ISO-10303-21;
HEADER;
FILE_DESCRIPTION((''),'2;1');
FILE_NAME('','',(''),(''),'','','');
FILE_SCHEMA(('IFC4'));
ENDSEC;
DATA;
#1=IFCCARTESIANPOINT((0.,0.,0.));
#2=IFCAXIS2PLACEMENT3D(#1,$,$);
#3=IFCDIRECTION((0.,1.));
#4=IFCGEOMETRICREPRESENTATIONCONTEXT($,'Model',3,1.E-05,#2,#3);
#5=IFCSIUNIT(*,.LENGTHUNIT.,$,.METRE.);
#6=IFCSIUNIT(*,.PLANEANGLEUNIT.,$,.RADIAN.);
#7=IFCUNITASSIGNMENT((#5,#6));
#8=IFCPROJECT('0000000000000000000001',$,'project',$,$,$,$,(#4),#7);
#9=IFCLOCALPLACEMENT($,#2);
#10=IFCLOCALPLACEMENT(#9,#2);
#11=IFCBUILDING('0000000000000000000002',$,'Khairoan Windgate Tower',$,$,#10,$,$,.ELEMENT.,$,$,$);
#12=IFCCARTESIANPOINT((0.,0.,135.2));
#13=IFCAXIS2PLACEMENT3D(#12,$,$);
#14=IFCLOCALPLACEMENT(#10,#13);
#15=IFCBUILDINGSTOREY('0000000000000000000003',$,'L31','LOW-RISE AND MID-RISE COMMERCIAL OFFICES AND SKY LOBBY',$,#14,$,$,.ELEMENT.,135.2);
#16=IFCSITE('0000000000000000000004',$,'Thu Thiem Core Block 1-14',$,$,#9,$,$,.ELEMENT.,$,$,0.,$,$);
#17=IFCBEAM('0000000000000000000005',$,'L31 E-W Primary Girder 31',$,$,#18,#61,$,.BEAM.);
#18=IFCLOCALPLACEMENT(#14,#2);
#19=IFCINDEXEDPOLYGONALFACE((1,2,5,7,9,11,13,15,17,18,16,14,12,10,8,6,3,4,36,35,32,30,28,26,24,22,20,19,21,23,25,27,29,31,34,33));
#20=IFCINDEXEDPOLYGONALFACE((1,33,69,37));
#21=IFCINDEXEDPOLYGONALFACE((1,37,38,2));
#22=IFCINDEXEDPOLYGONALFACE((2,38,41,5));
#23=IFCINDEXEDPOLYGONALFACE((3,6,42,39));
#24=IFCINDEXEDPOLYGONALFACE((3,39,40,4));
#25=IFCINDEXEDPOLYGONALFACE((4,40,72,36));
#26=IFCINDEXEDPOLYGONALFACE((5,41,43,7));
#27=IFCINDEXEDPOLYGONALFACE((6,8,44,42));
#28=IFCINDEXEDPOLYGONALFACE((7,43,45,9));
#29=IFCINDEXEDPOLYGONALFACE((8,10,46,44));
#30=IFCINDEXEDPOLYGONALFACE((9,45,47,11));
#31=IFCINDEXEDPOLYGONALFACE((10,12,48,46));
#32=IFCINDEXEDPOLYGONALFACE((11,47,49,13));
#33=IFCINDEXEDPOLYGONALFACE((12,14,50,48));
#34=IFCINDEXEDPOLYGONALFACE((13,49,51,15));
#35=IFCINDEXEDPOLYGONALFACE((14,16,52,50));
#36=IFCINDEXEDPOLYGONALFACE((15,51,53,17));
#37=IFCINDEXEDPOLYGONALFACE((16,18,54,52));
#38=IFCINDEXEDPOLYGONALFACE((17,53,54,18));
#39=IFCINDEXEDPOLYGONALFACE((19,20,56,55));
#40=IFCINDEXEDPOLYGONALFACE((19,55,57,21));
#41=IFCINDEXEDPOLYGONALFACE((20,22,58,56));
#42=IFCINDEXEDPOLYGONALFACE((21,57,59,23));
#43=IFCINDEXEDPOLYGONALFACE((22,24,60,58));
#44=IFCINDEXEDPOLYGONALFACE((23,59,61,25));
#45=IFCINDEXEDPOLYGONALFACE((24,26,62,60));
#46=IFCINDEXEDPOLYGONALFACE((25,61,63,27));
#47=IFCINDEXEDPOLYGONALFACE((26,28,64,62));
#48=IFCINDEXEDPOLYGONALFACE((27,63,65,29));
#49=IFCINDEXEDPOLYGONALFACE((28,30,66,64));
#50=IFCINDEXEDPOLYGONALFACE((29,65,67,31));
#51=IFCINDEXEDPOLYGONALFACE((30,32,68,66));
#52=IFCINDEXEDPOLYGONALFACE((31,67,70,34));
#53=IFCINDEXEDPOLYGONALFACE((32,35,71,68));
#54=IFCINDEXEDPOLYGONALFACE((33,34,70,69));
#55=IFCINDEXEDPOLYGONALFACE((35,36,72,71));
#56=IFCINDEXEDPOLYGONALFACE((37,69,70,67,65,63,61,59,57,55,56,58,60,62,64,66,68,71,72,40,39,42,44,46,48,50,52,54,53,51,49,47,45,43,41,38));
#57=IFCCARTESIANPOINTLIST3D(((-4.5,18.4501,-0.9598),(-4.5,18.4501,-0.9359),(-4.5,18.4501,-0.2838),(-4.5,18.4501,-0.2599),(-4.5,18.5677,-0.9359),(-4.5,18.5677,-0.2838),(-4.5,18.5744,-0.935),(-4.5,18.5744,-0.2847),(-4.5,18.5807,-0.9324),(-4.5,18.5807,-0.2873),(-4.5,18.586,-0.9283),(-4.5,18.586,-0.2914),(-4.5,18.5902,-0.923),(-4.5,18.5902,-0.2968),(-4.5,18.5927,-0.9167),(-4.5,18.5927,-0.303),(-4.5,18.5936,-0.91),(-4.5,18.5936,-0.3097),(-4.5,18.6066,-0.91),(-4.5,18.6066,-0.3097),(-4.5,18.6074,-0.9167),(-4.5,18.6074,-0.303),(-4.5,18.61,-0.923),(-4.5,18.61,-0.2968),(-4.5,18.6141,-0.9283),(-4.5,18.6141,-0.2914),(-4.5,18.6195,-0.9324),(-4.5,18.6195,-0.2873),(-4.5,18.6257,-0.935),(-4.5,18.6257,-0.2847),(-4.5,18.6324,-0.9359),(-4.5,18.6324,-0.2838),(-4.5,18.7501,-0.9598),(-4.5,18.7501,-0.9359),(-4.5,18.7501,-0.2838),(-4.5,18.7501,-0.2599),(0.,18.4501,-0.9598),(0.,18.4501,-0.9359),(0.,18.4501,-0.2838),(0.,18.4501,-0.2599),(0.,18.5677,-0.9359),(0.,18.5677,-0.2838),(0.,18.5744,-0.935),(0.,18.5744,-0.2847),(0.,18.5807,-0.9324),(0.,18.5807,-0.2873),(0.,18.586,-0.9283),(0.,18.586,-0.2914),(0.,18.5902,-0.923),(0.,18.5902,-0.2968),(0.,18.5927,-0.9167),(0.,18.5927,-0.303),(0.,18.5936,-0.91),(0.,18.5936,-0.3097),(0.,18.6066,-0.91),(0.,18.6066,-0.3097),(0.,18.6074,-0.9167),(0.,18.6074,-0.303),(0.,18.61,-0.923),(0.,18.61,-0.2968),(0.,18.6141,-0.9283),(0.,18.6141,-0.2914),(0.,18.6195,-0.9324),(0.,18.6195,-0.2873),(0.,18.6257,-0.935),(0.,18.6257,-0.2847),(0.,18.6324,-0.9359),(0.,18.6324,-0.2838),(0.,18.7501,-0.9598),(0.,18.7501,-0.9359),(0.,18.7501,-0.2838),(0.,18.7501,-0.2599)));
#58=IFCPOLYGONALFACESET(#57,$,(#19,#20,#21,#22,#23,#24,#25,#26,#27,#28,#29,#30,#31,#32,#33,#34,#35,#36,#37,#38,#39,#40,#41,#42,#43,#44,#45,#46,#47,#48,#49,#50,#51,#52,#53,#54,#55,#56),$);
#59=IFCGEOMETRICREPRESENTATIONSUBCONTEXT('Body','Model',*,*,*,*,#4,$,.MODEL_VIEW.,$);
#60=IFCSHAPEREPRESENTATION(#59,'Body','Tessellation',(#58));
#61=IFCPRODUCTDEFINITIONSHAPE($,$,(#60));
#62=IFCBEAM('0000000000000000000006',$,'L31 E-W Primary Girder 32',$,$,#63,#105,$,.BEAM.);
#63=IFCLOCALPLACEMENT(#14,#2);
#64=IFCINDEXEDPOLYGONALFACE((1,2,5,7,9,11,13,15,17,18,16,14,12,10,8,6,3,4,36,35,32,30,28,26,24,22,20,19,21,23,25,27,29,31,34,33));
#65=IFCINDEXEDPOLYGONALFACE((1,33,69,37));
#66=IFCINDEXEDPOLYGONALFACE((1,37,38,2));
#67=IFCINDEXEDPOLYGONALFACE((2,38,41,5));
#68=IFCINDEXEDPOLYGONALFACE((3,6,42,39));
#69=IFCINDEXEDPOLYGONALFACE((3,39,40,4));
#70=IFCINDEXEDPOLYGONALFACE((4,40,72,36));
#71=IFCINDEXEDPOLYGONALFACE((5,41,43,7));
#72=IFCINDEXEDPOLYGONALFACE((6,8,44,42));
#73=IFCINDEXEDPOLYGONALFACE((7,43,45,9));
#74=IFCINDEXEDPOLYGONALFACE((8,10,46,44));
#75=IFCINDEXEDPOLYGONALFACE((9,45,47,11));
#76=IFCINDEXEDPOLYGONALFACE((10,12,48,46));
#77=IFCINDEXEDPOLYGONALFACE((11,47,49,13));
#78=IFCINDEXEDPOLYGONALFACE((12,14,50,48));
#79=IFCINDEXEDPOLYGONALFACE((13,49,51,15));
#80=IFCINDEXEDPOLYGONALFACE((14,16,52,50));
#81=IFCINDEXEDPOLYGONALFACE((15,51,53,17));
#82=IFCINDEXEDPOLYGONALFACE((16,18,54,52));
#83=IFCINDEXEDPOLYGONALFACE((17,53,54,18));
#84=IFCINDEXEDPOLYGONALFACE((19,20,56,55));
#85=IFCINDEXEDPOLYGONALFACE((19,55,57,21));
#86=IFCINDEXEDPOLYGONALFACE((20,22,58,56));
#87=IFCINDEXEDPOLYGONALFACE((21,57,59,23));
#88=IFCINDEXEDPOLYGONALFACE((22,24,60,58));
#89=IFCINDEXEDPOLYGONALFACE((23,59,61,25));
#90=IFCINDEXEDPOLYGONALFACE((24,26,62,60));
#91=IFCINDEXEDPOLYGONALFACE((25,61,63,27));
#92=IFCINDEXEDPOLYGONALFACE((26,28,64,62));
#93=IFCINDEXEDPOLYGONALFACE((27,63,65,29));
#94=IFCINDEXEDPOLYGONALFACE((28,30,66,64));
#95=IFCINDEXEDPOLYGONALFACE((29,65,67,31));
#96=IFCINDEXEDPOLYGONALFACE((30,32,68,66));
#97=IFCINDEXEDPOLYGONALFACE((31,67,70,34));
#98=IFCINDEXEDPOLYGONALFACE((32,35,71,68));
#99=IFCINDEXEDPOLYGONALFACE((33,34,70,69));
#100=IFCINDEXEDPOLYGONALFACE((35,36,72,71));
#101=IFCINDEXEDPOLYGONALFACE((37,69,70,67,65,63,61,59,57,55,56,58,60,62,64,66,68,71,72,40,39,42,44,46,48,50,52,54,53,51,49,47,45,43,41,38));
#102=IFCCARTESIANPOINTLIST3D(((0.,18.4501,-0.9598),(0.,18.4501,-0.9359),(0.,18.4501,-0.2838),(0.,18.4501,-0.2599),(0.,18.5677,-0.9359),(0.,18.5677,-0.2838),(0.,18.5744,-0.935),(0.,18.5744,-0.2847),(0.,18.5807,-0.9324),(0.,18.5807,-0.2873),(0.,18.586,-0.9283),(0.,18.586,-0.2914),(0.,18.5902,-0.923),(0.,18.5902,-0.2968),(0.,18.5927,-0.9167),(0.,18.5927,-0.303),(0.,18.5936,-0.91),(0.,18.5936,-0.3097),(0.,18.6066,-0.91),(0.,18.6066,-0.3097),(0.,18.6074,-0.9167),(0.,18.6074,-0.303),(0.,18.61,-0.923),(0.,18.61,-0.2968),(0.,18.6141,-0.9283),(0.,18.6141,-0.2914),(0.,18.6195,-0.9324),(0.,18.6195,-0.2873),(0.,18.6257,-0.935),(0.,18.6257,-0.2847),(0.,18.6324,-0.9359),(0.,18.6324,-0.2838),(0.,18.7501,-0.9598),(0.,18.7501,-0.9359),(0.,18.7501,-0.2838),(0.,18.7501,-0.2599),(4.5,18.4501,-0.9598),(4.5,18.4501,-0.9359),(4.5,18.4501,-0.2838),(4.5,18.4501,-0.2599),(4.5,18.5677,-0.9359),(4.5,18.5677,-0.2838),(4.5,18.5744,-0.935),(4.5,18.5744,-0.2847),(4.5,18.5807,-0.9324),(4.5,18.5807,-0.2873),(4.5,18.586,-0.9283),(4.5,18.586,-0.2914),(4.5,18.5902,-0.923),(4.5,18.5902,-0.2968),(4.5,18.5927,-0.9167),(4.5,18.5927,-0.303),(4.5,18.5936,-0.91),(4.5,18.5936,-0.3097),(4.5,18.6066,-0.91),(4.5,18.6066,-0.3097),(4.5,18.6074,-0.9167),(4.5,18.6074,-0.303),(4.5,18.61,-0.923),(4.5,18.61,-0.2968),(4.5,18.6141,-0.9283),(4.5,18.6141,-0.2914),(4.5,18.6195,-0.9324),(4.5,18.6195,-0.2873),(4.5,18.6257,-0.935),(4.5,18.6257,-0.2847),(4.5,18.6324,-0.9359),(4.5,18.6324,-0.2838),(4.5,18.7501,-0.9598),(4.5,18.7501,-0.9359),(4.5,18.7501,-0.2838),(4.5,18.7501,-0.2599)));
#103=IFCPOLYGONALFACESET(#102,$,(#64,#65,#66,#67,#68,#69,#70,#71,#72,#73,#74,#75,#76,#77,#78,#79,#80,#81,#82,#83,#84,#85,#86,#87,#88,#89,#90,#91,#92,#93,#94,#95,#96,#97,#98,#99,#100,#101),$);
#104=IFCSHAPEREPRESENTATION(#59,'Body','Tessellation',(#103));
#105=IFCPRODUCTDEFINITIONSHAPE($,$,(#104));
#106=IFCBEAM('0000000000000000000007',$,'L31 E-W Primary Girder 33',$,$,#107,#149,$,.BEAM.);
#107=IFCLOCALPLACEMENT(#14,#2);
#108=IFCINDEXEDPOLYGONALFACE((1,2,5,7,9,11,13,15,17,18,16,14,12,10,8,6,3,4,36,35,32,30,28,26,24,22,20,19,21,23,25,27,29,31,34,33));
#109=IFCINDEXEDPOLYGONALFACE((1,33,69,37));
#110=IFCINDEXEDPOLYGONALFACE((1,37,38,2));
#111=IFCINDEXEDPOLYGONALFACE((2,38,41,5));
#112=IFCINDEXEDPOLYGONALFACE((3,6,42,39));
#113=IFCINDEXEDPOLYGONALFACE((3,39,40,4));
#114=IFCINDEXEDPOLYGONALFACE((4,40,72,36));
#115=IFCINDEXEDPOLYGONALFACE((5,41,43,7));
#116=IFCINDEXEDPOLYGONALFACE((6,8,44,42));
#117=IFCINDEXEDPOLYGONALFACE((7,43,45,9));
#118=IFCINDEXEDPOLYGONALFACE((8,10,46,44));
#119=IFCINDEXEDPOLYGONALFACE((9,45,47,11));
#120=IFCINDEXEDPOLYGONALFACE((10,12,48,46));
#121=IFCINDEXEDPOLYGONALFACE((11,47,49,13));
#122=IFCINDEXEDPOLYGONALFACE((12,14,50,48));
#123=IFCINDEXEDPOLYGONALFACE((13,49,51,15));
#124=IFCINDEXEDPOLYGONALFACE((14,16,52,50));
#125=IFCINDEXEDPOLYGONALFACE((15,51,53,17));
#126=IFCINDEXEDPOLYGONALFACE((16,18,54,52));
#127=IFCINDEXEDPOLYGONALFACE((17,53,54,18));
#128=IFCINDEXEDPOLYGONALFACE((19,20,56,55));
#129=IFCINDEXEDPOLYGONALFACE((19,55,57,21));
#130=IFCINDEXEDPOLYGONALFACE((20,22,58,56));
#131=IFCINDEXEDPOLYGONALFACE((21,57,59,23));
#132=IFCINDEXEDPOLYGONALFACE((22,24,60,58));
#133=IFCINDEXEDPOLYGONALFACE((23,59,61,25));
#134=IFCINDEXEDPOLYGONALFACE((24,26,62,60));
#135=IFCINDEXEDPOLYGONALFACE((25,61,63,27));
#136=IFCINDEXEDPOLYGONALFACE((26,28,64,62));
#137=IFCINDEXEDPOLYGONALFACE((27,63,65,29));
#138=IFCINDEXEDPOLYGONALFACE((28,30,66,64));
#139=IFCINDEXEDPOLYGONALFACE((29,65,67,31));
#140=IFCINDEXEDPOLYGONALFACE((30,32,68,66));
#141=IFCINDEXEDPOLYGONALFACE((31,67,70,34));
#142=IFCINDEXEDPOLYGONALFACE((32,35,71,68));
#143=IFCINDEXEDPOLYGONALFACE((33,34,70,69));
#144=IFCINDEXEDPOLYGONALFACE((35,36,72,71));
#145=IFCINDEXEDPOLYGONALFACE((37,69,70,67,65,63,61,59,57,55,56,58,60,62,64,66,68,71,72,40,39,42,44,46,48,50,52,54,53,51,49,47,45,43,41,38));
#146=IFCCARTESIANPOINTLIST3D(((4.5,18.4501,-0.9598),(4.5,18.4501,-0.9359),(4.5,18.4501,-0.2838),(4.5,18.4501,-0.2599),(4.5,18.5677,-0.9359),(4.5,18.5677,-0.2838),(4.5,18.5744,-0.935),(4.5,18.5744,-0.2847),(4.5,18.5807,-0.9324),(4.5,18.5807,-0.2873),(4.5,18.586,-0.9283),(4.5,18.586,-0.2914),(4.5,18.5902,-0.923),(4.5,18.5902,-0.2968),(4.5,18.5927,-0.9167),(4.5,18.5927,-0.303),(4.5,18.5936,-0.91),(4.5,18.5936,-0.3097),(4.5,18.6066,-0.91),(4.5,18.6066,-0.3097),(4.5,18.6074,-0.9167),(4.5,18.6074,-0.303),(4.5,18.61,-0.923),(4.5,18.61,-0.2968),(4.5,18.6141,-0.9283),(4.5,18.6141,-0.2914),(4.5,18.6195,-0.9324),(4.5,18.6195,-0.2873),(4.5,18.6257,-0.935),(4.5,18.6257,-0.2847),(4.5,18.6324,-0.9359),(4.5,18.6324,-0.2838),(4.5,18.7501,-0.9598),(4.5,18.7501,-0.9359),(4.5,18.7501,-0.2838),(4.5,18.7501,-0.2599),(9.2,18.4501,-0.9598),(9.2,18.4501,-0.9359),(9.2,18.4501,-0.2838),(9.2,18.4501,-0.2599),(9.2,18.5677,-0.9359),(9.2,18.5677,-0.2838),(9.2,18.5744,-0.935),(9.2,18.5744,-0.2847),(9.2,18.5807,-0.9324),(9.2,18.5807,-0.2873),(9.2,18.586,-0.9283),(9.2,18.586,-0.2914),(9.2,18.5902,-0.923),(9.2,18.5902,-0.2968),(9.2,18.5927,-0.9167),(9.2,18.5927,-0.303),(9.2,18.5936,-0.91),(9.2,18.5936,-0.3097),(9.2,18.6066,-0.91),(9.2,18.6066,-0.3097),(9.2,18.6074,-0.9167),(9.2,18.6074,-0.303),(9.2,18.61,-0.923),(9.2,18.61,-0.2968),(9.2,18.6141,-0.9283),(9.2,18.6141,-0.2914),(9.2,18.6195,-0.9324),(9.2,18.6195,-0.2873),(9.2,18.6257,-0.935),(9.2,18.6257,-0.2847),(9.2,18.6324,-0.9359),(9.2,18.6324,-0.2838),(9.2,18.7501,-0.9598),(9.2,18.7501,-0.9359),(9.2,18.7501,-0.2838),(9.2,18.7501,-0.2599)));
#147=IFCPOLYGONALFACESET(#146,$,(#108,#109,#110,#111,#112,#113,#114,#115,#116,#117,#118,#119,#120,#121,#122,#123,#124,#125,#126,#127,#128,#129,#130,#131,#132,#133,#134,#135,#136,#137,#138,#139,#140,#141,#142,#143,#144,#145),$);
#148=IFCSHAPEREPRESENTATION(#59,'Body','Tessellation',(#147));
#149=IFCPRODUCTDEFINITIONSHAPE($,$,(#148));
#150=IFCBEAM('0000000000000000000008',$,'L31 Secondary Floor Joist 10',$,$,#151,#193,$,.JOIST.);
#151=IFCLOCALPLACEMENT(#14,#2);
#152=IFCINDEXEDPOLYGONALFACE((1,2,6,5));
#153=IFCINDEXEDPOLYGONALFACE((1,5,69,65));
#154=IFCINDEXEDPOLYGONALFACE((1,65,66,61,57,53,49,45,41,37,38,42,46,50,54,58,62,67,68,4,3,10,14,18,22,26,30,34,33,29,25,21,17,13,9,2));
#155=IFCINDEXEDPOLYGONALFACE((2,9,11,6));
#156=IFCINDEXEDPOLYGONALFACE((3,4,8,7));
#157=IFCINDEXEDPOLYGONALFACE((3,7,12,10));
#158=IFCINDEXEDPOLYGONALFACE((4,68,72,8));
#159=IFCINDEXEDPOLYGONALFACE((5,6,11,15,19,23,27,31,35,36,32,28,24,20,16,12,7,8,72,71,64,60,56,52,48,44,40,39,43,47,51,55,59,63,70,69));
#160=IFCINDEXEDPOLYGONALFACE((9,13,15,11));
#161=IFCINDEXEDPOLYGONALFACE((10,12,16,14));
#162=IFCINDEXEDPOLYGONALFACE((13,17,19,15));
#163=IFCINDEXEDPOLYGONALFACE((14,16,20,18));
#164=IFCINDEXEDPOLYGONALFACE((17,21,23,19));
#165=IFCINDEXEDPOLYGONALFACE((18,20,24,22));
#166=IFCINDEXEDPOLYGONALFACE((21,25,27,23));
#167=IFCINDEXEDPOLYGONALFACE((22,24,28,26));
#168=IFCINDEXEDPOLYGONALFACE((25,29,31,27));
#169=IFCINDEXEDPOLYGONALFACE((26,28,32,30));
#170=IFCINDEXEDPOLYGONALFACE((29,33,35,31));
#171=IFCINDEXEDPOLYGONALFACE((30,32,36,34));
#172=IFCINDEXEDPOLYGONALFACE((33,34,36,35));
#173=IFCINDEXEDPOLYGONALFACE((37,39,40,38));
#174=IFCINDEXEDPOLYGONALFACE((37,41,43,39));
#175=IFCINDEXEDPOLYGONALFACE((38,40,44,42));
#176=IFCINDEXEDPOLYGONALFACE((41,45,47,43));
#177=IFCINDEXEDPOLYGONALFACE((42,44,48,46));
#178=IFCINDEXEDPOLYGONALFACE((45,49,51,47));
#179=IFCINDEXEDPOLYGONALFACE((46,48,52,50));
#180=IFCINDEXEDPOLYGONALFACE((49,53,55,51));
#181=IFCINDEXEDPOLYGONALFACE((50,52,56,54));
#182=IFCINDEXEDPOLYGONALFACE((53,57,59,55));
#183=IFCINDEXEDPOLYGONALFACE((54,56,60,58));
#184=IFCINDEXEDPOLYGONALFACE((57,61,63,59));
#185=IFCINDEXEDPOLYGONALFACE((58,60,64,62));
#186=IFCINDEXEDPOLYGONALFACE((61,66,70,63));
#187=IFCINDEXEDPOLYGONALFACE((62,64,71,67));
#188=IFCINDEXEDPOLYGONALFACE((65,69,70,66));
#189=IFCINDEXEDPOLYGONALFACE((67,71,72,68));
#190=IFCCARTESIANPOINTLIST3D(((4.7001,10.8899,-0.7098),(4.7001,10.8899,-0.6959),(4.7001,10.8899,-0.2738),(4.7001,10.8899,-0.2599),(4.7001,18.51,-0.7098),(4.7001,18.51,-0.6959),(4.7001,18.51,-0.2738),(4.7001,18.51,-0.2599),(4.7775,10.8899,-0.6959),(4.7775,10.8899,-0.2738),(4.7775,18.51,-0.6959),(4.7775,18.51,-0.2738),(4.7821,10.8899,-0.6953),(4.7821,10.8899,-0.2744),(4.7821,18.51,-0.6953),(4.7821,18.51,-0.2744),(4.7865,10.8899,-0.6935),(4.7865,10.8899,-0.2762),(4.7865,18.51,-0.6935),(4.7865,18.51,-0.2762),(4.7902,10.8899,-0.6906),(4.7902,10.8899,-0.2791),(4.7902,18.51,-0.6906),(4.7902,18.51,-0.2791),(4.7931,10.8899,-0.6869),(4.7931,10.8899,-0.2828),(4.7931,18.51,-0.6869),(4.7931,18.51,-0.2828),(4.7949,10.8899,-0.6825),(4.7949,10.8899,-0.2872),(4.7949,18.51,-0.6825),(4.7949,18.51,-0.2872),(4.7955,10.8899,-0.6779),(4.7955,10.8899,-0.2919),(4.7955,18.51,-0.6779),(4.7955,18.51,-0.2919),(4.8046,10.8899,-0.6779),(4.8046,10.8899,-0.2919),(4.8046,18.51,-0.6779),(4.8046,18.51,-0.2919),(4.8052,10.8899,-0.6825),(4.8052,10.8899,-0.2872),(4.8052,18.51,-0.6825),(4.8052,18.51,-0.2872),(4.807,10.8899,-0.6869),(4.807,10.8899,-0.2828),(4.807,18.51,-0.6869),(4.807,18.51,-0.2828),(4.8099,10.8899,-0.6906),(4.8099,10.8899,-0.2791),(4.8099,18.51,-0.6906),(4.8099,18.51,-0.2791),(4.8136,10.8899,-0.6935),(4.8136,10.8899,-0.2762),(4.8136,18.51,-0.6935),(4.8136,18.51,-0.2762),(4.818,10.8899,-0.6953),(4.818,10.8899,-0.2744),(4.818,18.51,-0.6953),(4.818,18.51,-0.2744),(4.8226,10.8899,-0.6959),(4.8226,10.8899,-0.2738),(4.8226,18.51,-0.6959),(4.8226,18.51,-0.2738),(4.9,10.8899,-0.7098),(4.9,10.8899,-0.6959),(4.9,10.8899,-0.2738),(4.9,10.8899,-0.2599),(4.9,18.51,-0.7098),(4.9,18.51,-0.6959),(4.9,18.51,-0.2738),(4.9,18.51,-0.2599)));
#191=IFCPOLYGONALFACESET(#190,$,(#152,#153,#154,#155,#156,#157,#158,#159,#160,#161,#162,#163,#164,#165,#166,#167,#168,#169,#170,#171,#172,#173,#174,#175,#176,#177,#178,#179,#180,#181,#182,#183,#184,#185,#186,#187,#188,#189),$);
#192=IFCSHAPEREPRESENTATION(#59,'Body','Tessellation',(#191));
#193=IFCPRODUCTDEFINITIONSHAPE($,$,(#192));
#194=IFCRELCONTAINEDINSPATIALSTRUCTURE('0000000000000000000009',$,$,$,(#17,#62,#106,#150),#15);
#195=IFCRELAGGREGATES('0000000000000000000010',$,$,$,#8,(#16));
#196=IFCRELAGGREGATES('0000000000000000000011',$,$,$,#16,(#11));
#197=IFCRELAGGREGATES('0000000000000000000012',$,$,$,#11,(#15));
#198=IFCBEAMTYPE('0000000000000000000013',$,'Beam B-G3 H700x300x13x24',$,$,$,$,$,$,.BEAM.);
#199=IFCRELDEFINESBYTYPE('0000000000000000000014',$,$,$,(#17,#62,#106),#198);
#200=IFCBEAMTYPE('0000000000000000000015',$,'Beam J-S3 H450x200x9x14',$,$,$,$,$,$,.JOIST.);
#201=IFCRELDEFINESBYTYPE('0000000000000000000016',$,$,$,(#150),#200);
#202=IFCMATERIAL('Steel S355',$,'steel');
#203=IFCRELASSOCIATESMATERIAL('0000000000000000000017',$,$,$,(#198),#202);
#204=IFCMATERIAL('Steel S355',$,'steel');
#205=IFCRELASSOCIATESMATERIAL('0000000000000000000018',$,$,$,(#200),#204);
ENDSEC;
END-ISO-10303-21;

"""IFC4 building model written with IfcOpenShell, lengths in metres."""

from ifc_helpers import new_model, si_unit, direction, frame, origin, origin_2d, place, context, subcontext, project, spatial, i_section, extrude, material, material_profile, profile_set, type_object, element, save


model = new_model("IFC4")

# Units and contexts
model_context = context("Model", 3, precision=1e-05, world=origin(), true_north=direction((0.0, 1.0)))
body_context = subcontext(model_context, "Body", "Model", "MODEL_VIEW")
ifc_project = project(units=[si_unit("LENGTHUNIT", "METRE"), si_unit("PLANEANGLEUNIT", "RADIAN")], contexts=[model_context])

# Site, building, storey
site_placement = place(None, origin())
site = spatial("IfcSite", under=ifc_project, at=site_placement, Name="Thu Thiem Core Block 1-14", CompositionType="ELEMENT", RefElevation=0.0)
building_placement = place(site_placement, origin())
building = spatial("IfcBuilding", under=site, at=building_placement, Name="Khairoan Windgate Tower", CompositionType="ELEMENT")
storey_placement = place(building_placement, frame((0.0, 0.0, 135.2)))
storey = spatial("IfcBuildingStorey", under=building, at=storey_placement, Name="L31", Description="LOW-RISE AND MID-RISE COMMERCIAL OFFICES AND SKY LOBBY", CompositionType="ELEMENT", Elevation=135.2)

# Beams
ifc_material_1 = material(Name="Steel S355", Category="steel")
ifc_material_profile_1 = material_profile(ifc_material_1, i_section(OverallWidth=0.3, OverallDepth=0.7, WebThickness=0.0129, FlangeThickness=0.0239, FilletRadius=0.0259, at=origin_2d()))
ifc_profile_set_1 = profile_set([ifc_material_profile_1], Name="Steel S355")
beam_type_1 = type_object("IfcBeamType", Name="Beam B-G3 H700x300x13x24", PredefinedType="BEAM", material=ifc_profile_set_1)
for number, where, z_axis, x_axis, name in (
    (1, (-4.5, 18.6001, -0.6099), (1.0, 0.0, 0.0), (0.0, 1.0, 0.0), "L31 E-W Primary Girder 31"),
    (2, (0.0, 18.6001, -0.6099), (1.0, 0.0, 0.0), (0.0, 1.0, 0.0), "L31 E-W Primary Girder 32"),
):
    element("IfcBeam", number, at=place(storey_placement, frame(where, z_axis=z_axis, x_axis=x_axis)), inside=storey, type_object=beam_type_1, Name=name, PredefinedType="BEAM", context=body_context, shape_type="SweptSolid", body=[
        extrude(i_section(OverallWidth=0.3, OverallDepth=0.7, WebThickness=0.0129, FlangeThickness=0.0239, FilletRadius=0.0259, at=origin_2d()), origin(), (0.0, 0.0, 1.0), 4.5),
    ])
beam_1_placement = place(storey_placement, frame((4.5, 18.6001, -0.6099), z_axis=(1.0, 0.0, 0.0), x_axis=(0.0, 1.0, 0.0)))
element("IfcBeam", 3, at=beam_1_placement, inside=storey, type_object=beam_type_1, Name="L31 E-W Primary Girder 33", PredefinedType="BEAM", context=body_context, shape_type="SweptSolid", body=[
    extrude(i_section(OverallWidth=0.3, OverallDepth=0.7, WebThickness=0.0129, FlangeThickness=0.0239, FilletRadius=0.0259, at=origin_2d()), origin(), (0.0, 0.0, 1.0), 4.7),
])
ifc_material_2 = material(Name="Steel S355", Category="steel")
ifc_material_profile_2 = material_profile(ifc_material_2, i_section(OverallWidth=0.2, OverallDepth=0.45, WebThickness=0.009, FlangeThickness=0.0139, FilletRadius=0.0181, at=origin_2d()))
ifc_profile_set_2 = profile_set([ifc_material_profile_2], Name="Steel S355")
beam_type_2 = type_object("IfcBeamType", Name="Beam J-S3 H450x200x9x14", PredefinedType="JOIST", material=ifc_profile_set_2)
beam_2_placement = place(storey_placement, frame((4.8, 10.8899, -0.4849), z_axis=(0.0, 1.0, 0.0), x_axis=(-1.0, 0.0, 0.0)))
element("IfcBeam", 4, at=beam_2_placement, inside=storey, type_object=beam_type_2, Name="L31 Secondary Floor Joist 10", PredefinedType="JOIST", context=body_context, shape_type="SweptSolid", body=[
    extrude(i_section(OverallWidth=0.2, OverallDepth=0.45, WebThickness=0.009, FlangeThickness=0.0139, FilletRadius=0.0181, at=origin_2d()), origin(), (0.0, 0.0, 1.0), 7.6201),
])

save(model, "model.ifc")
